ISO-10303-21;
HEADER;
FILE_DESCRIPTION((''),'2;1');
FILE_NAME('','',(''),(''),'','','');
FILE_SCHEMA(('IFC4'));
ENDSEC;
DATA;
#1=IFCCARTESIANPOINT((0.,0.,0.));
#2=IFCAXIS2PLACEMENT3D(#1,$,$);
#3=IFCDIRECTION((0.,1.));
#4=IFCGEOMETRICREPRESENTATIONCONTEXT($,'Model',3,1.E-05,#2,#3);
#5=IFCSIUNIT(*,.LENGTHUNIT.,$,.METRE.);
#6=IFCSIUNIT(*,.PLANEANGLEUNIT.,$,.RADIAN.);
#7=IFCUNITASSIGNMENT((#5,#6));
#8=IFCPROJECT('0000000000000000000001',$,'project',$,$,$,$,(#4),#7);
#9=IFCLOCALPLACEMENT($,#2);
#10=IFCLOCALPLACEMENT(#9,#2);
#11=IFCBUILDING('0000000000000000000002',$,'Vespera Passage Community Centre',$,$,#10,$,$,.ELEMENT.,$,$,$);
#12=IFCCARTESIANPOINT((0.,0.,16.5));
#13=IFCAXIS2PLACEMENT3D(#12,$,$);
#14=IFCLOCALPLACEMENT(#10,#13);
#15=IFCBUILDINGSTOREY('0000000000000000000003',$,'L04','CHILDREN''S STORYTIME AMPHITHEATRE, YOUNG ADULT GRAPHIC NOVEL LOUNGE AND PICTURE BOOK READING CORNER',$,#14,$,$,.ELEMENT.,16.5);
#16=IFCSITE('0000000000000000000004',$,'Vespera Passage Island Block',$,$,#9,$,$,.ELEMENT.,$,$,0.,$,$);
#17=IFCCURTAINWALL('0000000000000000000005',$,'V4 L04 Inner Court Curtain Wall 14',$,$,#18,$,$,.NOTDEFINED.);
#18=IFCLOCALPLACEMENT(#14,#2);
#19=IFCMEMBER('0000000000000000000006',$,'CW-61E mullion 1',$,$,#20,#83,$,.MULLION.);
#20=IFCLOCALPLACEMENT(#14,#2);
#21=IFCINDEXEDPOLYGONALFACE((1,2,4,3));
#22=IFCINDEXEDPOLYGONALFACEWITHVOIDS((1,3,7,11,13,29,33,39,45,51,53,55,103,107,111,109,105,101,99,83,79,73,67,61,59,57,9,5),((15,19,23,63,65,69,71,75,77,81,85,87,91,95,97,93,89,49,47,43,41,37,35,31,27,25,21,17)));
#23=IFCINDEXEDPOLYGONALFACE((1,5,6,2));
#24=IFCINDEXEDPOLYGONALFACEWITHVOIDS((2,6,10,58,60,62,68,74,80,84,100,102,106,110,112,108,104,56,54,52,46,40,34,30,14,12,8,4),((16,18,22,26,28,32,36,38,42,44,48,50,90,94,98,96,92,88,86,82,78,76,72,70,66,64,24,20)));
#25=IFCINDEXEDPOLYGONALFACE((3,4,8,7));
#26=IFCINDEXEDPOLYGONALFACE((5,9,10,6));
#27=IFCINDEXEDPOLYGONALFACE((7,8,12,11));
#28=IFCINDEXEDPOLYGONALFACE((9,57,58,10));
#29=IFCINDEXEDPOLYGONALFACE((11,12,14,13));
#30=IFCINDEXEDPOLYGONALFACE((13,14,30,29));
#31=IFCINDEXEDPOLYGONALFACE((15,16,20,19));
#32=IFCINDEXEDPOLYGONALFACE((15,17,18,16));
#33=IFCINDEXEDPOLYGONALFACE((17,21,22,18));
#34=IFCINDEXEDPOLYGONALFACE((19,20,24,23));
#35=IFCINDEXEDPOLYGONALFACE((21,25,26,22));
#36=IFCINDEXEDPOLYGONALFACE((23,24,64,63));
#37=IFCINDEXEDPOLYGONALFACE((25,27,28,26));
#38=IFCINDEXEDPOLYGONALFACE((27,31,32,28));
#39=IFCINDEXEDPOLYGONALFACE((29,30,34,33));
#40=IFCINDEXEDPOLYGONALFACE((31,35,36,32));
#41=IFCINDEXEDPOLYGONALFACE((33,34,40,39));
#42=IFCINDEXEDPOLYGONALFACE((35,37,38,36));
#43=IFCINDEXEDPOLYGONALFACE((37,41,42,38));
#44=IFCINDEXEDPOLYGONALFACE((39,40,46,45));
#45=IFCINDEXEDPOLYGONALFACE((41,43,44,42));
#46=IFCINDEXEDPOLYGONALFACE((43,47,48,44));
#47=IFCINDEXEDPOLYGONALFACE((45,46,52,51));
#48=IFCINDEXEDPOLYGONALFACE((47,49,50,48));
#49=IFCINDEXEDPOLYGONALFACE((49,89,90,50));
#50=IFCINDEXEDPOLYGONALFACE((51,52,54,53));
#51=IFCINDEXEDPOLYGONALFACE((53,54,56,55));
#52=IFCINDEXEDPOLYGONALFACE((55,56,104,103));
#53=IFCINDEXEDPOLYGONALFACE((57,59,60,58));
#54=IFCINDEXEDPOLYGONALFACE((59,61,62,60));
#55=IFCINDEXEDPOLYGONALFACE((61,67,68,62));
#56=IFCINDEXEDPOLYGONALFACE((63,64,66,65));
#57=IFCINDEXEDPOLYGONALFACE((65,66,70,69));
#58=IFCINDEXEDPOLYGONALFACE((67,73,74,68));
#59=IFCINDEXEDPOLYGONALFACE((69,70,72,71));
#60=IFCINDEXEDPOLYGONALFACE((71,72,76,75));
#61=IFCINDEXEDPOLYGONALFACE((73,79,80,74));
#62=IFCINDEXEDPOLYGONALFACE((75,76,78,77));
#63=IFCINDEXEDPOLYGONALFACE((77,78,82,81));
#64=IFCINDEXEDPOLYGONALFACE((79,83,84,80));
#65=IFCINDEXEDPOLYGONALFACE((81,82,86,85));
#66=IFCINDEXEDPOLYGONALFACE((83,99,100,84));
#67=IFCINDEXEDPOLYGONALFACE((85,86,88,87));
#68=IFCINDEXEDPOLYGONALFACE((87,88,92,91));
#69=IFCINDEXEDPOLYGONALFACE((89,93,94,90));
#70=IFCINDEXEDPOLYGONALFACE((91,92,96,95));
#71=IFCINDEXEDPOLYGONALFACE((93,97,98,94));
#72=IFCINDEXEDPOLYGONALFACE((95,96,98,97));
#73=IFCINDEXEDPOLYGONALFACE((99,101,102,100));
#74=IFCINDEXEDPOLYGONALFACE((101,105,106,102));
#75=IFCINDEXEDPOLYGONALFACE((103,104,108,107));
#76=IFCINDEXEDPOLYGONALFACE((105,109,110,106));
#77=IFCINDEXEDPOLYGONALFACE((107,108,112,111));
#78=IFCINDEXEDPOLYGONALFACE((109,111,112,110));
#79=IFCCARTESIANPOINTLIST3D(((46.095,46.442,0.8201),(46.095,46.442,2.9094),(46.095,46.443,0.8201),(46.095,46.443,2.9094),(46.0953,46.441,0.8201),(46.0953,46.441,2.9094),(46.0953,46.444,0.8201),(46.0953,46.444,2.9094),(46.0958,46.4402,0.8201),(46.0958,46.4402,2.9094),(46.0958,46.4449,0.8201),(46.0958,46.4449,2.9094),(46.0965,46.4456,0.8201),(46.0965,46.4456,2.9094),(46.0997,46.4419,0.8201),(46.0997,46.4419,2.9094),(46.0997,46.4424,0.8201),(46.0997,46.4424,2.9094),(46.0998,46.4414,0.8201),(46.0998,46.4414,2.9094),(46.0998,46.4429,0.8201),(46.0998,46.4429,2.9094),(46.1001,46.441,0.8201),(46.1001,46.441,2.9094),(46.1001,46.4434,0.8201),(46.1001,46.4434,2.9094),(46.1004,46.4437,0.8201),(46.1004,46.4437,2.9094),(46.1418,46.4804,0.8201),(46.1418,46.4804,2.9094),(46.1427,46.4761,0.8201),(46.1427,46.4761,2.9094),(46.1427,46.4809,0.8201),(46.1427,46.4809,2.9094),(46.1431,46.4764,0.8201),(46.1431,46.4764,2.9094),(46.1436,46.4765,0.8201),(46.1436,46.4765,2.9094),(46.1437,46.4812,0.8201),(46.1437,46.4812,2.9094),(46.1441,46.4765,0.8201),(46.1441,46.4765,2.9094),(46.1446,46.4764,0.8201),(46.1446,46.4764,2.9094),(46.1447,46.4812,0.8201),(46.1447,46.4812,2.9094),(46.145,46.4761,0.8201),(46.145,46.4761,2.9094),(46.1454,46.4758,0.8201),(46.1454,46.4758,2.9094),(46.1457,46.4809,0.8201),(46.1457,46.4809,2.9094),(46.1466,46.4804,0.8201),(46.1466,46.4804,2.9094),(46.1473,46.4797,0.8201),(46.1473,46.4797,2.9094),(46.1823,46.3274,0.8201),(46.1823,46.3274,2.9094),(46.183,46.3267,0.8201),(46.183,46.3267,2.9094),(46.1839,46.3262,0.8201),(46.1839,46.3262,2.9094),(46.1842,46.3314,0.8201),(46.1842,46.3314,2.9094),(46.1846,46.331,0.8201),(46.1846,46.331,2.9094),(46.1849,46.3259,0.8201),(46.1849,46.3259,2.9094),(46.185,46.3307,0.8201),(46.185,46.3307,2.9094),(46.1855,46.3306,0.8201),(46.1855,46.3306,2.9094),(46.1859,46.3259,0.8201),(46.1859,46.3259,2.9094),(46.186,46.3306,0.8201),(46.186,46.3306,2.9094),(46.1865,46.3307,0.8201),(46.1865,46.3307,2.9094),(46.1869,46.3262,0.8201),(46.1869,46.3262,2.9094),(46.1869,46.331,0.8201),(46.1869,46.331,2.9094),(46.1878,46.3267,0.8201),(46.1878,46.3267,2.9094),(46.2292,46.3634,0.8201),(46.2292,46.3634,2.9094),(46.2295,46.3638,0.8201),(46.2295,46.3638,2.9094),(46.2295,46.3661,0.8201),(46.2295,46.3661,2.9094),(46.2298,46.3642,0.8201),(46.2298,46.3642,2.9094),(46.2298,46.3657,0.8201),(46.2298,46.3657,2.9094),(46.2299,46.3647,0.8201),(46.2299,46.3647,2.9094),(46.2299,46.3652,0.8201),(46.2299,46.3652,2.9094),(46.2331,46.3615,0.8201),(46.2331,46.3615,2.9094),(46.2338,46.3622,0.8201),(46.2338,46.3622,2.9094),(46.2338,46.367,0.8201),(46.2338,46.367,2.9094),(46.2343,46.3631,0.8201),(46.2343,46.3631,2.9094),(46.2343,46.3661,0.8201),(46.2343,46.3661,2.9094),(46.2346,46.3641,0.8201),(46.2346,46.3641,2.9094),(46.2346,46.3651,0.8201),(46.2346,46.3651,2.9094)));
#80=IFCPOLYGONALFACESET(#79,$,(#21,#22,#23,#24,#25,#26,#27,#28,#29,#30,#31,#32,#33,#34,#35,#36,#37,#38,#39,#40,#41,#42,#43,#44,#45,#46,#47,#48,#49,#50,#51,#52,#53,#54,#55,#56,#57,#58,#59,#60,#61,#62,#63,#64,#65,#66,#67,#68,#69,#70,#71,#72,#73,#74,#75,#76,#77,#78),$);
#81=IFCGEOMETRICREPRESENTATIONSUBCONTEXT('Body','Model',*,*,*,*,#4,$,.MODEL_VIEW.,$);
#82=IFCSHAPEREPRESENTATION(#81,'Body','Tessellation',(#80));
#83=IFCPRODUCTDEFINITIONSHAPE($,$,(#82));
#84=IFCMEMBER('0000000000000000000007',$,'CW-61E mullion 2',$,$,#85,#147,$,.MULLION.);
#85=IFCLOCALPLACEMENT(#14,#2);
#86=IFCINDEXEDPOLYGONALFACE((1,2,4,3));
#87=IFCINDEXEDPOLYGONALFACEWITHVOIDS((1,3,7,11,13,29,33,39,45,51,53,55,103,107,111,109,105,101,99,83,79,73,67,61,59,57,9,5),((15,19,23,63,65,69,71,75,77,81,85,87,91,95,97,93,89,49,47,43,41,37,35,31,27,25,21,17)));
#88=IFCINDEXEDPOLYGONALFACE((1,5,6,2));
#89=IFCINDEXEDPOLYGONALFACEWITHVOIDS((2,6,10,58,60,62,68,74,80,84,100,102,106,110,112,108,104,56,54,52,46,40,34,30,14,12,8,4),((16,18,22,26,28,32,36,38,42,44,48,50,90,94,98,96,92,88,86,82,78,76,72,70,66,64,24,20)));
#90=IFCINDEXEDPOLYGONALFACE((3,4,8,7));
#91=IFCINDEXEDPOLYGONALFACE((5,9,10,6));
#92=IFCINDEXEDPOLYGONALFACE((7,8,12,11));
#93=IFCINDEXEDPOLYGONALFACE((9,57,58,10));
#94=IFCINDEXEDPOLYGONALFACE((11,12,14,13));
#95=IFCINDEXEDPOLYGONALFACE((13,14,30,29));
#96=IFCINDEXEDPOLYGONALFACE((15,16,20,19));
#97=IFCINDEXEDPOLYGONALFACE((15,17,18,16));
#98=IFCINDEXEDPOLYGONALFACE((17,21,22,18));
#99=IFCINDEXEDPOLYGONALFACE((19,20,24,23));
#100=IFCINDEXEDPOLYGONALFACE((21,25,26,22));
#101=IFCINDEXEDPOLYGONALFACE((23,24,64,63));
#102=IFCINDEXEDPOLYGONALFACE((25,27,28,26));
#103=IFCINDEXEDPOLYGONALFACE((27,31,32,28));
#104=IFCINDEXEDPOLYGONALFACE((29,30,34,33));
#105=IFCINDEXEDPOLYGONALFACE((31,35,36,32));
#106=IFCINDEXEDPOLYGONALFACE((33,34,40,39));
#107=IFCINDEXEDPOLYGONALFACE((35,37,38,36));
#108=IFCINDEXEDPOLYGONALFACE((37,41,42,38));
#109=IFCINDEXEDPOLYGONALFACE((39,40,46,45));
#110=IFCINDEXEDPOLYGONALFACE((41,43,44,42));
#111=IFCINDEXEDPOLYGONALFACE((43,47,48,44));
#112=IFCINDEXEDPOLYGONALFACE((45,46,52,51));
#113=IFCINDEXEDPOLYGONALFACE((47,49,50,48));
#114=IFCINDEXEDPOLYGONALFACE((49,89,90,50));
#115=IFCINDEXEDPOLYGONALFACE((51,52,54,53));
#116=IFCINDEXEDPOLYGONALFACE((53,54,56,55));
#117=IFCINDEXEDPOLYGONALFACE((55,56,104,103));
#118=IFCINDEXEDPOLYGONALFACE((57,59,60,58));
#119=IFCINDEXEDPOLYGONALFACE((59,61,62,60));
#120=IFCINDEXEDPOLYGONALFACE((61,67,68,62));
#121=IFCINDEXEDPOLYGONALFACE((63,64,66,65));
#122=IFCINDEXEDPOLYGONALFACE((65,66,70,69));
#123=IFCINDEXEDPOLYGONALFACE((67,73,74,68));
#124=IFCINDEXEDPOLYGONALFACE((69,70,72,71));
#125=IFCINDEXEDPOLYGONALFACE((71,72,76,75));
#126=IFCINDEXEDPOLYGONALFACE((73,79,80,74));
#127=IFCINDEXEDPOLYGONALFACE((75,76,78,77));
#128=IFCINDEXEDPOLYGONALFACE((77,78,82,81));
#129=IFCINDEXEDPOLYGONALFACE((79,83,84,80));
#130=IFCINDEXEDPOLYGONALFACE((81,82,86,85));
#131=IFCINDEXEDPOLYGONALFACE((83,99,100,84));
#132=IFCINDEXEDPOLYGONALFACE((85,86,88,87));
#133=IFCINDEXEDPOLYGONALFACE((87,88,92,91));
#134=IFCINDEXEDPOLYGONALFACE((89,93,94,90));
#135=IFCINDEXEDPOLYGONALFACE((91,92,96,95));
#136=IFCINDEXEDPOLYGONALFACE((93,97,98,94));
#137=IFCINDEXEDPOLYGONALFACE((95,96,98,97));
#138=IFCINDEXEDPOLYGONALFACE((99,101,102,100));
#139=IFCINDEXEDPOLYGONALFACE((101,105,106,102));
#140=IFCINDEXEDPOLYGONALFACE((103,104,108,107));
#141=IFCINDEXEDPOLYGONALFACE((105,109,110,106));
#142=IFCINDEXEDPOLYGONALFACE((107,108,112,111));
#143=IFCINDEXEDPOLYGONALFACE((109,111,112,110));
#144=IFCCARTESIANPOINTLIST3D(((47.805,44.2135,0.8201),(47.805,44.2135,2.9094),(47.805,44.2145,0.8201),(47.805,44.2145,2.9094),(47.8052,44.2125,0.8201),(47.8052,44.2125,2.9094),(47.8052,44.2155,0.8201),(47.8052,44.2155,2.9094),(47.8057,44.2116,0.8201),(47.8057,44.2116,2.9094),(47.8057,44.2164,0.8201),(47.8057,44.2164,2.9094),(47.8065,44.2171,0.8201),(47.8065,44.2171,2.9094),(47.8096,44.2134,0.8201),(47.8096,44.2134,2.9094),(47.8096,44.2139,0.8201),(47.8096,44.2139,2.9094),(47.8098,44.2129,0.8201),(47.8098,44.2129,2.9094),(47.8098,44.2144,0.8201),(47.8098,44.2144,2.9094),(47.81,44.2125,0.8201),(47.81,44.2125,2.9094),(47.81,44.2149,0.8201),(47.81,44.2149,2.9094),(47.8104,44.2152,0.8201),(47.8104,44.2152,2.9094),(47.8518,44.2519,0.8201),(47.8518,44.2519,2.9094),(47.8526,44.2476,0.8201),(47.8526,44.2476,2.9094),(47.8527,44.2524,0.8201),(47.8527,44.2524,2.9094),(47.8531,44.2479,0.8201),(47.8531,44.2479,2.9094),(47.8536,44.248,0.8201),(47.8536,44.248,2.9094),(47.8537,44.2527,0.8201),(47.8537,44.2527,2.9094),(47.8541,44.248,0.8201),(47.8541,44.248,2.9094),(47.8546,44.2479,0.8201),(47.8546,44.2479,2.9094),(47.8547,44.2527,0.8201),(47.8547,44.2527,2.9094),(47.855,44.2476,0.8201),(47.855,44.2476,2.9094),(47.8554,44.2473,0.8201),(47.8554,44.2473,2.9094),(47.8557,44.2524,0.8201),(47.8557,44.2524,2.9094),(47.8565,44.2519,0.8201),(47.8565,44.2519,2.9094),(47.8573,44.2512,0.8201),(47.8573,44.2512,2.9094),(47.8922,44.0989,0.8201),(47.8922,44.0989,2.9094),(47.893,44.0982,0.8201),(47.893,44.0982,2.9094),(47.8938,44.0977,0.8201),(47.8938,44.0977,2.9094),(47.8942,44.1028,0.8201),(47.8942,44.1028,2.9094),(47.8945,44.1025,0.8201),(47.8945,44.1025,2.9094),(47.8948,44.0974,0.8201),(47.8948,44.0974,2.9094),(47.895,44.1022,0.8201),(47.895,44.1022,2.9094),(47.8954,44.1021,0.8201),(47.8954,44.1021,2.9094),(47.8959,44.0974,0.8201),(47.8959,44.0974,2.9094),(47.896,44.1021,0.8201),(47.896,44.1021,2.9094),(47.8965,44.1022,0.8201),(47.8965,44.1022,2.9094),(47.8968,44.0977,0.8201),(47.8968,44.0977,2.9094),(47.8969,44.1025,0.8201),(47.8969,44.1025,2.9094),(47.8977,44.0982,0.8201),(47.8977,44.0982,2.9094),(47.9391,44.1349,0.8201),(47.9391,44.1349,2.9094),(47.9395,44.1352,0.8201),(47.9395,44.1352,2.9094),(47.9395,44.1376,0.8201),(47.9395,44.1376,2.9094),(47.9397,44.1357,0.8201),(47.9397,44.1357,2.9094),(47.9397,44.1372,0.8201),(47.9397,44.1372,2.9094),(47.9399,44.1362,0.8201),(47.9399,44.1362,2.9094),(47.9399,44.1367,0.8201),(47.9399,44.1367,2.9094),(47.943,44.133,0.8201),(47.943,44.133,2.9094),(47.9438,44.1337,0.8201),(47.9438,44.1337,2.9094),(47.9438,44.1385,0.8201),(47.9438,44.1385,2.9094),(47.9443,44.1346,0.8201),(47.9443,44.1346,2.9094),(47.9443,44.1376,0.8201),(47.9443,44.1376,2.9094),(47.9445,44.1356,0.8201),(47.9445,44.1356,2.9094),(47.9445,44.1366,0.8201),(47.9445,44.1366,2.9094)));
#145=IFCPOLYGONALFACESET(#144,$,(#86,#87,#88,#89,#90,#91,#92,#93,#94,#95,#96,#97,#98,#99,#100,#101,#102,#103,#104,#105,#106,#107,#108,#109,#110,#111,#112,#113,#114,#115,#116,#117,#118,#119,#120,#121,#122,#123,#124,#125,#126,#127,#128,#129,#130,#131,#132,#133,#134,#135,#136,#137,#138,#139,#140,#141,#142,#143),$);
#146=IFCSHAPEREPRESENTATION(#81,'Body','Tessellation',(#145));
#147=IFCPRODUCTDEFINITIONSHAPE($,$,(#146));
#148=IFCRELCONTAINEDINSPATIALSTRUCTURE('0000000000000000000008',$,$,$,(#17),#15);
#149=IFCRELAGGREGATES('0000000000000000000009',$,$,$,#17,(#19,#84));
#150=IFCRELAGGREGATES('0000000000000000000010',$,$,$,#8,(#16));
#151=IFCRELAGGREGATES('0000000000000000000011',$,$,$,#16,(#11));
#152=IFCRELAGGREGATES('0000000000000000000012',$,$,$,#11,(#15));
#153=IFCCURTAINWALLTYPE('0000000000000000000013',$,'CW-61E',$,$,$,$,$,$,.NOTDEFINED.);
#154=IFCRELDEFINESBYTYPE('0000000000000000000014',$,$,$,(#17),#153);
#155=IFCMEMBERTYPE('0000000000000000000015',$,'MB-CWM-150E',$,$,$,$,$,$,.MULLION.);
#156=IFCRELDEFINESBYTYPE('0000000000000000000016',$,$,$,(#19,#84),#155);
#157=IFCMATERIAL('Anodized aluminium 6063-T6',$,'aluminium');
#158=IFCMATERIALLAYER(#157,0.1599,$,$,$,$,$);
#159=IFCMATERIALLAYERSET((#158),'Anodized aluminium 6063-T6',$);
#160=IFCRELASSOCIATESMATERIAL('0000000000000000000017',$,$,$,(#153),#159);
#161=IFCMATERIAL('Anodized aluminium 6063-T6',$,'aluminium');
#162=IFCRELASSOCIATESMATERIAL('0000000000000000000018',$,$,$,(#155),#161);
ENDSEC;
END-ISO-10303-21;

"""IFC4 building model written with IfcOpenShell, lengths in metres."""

from ifc_helpers import new_model, si_unit, direction, frame, origin, origin_2d, place, context, subcontext, project, spatial, hollow_rectangle, extrude, material, layer, layer_set, material_profile, profile_set, type_object, element, aggregate, save


model = new_model("IFC4")

# Units and contexts
model_context = context("Model", 3, precision=1e-05, world=origin(), true_north=direction((0.0, 1.0)))
body_context = subcontext(model_context, "Body", "Model", "MODEL_VIEW")
ifc_project = project(units=[si_unit("LENGTHUNIT", "METRE"), si_unit("PLANEANGLEUNIT", "RADIAN")], contexts=[model_context])

# Site, building, storey
site_placement = place(None, origin())
site = spatial("IfcSite", under=ifc_project, at=site_placement, Name="Vespera Passage Island Block", CompositionType="ELEMENT", RefElevation=0.0)
building_placement = place(site_placement, origin())
building = spatial("IfcBuilding", under=site, at=building_placement, Name="Vespera Passage Community Centre", CompositionType="ELEMENT")
storey_placement = place(building_placement, frame((0.0, 0.0, 16.5)))
storey = spatial("IfcBuildingStorey", under=building, at=storey_placement, Name="L04", Description="CHILDREN'S STORYTIME AMPHITHEATRE, YOUNG ADULT GRAPHIC NOVEL LOUNGE AND PICTURE BOOK READING CORNER", CompositionType="ELEMENT", Elevation=16.5)

# Curtain wall, members
ifc_material_1 = material(Name="Anodized aluminium 6063-T6", Category="aluminium")
ifc_layer_1 = layer(ifc_material_1, 0.1599)
ifc_layer_set_1 = layer_set([ifc_layer_1], Name="Anodized aluminium 6063-T6")
curtain_wall_type_1 = type_object("IfcCurtainWallType", Name="CW-61E", PredefinedType="NOTDEFINED", material=ifc_layer_set_1)
curtain_wall_1_placement = place(storey_placement, origin())
curtain_wall_1 = element("IfcCurtainWall", 1, at=curtain_wall_1_placement, inside=storey, type_object=curtain_wall_type_1, Name="V4 L04 Inner Court Curtain Wall 14", PredefinedType="NOTDEFINED")
ifc_material_2 = material(Name="Anodized aluminium 6063-T6", Category="aluminium")
ifc_material_profile_1 = material_profile(ifc_material_2, hollow_rectangle(XDim=0.0649, YDim=0.1499, WallThickness=0.0039, InnerFilletRadius=0.002, OuterFilletRadius=0.0039, at=origin_2d()), Name="ALU150X65X4")
ifc_profile_set_1 = profile_set([ifc_material_profile_1], Name="Anodized aluminium 6063-T6")
member_type_1 = type_object("IfcMemberType", Name="MB-CWM-150E", PredefinedType="MULLION", material=ifc_profile_set_1)
member_1_placement = place(storey_placement, frame((46.1648, 46.4036, 0.8201), z_axis=(0.0, 0.0, 1.0), x_axis=(0.793358, 0.608755, 0.0)))
member_1 = element("IfcMember", 2, at=member_1_placement, type_object=member_type_1, Name="CW-61E mullion 1", PredefinedType="MULLION", context=body_context, shape_type="SweptSolid", body=[
    extrude(hollow_rectangle(XDim=0.0649, YDim=0.1499, WallThickness=0.0039, InnerFilletRadius=0.002, OuterFilletRadius=0.0039, at=origin_2d()), origin(), (0.0, 0.0, 1.0), 2.0894),
])
member_2_placement = place(storey_placement, frame((47.8748, 44.175, 0.8201), z_axis=(0.0, 0.0, 1.0), x_axis=(0.793358, 0.608755, 0.0)))
member_2 = element("IfcMember", 3, at=member_2_placement, type_object=member_type_1, Name="CW-61E mullion 2", PredefinedType="MULLION", context=body_context, shape_type="SweptSolid", body=[
    extrude(hollow_rectangle(XDim=0.0649, YDim=0.1499, WallThickness=0.0039, InnerFilletRadius=0.002, OuterFilletRadius=0.0039, at=origin_2d()), origin(), (0.0, 0.0, 1.0), 2.0894),
])

aggregate(curtain_wall_1, [member_1, member_2])

save(model, "model.ifc")
